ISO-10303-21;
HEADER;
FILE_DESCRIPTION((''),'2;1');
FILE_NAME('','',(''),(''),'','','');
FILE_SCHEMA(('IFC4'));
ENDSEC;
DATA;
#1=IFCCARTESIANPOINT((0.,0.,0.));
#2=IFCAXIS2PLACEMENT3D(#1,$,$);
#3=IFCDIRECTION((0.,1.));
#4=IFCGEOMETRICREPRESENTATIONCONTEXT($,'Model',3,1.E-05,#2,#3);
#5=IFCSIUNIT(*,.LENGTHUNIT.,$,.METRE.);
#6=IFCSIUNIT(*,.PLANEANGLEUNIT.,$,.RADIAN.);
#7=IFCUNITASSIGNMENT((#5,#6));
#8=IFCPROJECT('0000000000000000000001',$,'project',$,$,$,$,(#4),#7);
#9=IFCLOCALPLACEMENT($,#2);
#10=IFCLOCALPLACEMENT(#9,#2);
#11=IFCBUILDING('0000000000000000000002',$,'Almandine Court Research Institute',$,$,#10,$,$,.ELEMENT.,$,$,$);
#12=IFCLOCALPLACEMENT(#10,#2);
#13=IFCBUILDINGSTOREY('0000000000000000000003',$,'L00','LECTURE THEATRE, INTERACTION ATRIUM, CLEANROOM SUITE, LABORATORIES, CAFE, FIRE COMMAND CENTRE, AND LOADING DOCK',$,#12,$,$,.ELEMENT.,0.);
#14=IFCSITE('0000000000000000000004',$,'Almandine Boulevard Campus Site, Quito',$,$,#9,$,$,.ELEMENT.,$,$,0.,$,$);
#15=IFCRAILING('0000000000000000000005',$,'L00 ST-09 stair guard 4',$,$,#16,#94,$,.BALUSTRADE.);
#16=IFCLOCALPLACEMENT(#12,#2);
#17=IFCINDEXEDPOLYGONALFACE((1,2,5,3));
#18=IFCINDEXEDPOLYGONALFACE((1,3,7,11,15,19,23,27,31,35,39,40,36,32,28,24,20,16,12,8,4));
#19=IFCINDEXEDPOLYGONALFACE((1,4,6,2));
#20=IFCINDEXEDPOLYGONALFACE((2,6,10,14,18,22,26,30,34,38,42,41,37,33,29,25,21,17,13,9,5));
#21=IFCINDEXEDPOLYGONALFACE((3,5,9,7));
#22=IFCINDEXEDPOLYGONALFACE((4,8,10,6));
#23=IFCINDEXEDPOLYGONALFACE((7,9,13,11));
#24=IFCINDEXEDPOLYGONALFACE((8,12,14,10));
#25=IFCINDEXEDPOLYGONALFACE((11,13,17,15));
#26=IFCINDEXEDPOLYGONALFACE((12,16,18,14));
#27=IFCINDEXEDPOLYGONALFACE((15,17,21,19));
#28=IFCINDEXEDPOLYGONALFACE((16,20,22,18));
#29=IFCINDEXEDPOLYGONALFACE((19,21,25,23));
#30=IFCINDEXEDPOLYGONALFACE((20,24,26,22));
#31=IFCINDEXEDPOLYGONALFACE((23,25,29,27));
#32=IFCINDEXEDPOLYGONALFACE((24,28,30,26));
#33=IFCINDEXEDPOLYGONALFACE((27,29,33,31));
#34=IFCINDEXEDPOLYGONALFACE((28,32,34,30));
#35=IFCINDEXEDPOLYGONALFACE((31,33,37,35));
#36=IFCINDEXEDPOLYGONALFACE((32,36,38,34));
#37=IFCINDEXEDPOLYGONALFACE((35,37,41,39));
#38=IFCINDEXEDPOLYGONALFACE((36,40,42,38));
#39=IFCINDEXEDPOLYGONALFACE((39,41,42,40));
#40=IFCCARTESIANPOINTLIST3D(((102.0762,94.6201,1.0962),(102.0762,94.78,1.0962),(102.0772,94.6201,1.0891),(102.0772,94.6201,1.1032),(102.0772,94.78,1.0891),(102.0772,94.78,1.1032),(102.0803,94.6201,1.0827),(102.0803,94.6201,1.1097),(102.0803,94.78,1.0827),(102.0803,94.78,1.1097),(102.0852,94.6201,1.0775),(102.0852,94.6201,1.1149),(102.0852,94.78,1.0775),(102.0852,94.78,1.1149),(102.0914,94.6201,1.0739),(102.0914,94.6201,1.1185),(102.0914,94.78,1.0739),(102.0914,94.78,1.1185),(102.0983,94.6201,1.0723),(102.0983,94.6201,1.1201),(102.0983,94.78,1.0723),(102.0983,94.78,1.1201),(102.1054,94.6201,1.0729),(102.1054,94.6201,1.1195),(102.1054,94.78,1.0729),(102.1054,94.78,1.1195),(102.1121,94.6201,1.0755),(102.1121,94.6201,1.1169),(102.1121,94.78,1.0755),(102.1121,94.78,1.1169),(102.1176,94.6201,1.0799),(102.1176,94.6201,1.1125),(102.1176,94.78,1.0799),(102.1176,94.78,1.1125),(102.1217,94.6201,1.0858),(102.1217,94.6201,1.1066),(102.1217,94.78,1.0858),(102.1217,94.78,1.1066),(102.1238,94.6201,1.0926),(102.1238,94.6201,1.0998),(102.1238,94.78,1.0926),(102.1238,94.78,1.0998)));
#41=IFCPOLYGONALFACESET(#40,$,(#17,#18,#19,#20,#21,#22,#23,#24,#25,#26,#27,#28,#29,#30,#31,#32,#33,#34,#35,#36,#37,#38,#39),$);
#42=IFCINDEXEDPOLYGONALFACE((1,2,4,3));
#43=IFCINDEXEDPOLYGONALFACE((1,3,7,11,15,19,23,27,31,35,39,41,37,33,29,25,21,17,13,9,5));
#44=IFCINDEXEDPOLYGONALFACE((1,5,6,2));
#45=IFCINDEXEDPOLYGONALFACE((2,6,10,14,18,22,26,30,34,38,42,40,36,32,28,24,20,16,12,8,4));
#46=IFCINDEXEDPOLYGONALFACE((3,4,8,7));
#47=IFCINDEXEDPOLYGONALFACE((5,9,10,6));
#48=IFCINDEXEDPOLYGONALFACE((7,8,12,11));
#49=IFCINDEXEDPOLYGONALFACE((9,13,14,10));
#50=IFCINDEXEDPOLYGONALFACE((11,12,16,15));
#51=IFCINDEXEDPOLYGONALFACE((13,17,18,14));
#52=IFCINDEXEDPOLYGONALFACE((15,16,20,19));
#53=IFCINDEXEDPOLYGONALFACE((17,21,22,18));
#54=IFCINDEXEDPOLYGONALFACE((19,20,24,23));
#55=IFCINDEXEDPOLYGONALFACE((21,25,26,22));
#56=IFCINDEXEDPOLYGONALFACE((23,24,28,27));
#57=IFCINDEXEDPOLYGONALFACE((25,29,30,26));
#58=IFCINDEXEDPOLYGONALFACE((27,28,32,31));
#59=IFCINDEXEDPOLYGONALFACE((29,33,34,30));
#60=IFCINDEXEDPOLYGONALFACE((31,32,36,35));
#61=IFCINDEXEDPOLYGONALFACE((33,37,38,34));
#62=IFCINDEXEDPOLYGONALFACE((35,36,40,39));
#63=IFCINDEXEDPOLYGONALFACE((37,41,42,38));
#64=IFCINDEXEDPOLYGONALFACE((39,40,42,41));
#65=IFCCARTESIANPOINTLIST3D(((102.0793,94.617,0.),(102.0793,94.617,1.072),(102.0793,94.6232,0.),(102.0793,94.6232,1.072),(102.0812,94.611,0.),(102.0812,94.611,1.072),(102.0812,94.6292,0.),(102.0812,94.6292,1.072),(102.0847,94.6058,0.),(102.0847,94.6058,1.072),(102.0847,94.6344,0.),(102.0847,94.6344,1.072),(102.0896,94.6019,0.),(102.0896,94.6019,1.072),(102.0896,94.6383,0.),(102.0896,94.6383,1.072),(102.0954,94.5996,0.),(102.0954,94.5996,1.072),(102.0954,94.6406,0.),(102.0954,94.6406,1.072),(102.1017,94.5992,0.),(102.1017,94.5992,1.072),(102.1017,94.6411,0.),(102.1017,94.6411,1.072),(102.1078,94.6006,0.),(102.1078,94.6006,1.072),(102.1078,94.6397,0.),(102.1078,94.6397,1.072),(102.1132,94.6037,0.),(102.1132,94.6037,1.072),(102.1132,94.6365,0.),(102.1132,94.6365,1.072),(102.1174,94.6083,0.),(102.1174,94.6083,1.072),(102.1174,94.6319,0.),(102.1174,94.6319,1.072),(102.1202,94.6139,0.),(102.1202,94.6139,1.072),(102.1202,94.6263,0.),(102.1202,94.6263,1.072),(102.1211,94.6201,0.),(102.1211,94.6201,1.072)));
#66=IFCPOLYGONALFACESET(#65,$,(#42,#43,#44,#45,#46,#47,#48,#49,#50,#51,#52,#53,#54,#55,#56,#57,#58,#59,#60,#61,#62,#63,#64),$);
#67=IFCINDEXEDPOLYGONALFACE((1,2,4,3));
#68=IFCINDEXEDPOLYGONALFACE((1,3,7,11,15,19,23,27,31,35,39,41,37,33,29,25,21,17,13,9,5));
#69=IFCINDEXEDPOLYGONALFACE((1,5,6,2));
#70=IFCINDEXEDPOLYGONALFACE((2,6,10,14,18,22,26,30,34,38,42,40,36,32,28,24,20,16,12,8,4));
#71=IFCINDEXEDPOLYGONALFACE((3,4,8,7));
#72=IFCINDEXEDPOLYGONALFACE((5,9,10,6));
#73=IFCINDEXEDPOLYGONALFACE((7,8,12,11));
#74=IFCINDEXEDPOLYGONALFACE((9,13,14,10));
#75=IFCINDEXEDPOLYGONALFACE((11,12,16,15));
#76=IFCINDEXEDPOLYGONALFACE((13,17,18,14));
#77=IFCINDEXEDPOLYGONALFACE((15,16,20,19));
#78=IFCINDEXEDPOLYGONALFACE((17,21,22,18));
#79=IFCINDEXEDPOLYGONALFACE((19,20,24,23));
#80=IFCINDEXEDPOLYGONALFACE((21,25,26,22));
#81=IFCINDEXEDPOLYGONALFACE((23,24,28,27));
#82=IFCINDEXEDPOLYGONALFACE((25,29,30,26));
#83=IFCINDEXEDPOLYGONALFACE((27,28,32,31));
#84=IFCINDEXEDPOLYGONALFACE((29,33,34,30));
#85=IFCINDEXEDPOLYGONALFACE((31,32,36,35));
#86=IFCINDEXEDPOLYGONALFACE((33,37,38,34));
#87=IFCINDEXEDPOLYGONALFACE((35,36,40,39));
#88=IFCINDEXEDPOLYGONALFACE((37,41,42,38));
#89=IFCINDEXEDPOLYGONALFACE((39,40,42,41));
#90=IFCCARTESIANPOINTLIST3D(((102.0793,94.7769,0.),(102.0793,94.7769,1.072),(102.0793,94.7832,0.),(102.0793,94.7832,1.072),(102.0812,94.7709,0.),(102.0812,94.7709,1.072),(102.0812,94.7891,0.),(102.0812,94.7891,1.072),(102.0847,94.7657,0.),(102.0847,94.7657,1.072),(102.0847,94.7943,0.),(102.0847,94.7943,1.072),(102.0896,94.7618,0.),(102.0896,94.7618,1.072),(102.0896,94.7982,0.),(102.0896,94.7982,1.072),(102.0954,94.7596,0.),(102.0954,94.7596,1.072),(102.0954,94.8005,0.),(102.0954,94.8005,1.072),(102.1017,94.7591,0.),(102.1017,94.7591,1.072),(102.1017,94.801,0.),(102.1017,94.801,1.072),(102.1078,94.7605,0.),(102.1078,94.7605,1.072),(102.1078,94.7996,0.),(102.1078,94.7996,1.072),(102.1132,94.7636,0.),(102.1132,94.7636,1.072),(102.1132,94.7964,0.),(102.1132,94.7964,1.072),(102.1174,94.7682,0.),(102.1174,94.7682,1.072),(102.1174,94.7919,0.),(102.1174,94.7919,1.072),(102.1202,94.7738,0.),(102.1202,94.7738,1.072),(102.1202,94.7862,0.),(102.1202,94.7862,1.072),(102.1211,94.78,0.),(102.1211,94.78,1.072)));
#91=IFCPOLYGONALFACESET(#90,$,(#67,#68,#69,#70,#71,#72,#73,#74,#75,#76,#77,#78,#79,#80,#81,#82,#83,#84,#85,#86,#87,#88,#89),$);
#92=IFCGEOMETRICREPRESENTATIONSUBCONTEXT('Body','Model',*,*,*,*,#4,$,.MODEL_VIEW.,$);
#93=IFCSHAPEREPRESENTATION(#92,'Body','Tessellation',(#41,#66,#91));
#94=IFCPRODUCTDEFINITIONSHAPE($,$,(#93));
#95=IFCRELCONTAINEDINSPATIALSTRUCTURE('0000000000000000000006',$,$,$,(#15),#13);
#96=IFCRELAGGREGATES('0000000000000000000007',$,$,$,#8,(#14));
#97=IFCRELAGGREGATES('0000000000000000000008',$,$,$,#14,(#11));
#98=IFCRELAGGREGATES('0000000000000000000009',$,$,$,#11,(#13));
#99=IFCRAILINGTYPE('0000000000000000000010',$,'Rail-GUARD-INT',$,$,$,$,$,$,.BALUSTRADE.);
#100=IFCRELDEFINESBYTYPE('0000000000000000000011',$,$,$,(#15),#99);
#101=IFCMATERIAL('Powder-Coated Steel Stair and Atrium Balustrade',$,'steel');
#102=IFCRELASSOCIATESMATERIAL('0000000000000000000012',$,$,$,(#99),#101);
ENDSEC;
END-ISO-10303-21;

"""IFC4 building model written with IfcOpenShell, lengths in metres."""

from ifc_helpers import new_model, si_unit, direction, frame, origin, origin_2d, place, context, subcontext, project, spatial, circle, extrude, material, type_object, element, save


model = new_model("IFC4")

# Units and contexts
model_context = context("Model", 3, precision=1e-05, world=origin(), true_north=direction((0.0, 1.0)))
body_context = subcontext(model_context, "Body", "Model", "MODEL_VIEW")
ifc_project = project(units=[si_unit("LENGTHUNIT", "METRE"), si_unit("PLANEANGLEUNIT", "RADIAN")], contexts=[model_context])

# Site, building, storey
site_placement = place(None, origin())
site = spatial("IfcSite", under=ifc_project, at=site_placement, Name="Almandine Boulevard Campus Site, Quito", CompositionType="ELEMENT", RefElevation=0.0)
building_placement = place(site_placement, origin())
building = spatial("IfcBuilding", under=site, at=building_placement, Name="Almandine Court Research Institute", CompositionType="ELEMENT")
storey_placement = place(building_placement, origin())
storey = spatial("IfcBuildingStorey", under=building, at=storey_placement, Name="L00", Description="LECTURE THEATRE, INTERACTION ATRIUM, CLEANROOM SUITE, LABORATORIES, CAFE, FIRE COMMAND CENTRE, AND LOADING DOCK", CompositionType="ELEMENT", Elevation=0.0)

# Railing
ifc_material_1 = material(Name="Powder-Coated Steel Stair and Atrium Balustrade", Category="steel")
railing_type_1 = type_object("IfcRailingType", Name="Rail-GUARD-INT", PredefinedType="BALUSTRADE", material=ifc_material_1)
railing_1_placement = place(storey_placement, frame((102.1001, 94.6201, 0.0)))
element("IfcRailing", 1, at=railing_1_placement, inside=storey, type_object=railing_type_1, Name="L00 ST-09 stair guard 4", PredefinedType="BALUSTRADE", context=body_context, shape_type="SweptSolid", body=[
    extrude(circle(Radius=0.0239, at=origin_2d()), frame((0.0, 0.0, 1.0962), z_axis=(0.0, 1.0, 0.0), x_axis=(-1.0, 0.0, 0.0)), (0.0, 0.0, 1.0), 0.1599),
    extrude(circle(Radius=0.021, at=origin_2d()), origin(), (0.0, 0.0, 1.0), 1.072),
    extrude(circle(Radius=0.021, at=origin_2d()), frame((0.0, 0.1599, 0.0)), (0.0, 0.0, 1.0), 1.072),
])

save(model, "model.ifc")
